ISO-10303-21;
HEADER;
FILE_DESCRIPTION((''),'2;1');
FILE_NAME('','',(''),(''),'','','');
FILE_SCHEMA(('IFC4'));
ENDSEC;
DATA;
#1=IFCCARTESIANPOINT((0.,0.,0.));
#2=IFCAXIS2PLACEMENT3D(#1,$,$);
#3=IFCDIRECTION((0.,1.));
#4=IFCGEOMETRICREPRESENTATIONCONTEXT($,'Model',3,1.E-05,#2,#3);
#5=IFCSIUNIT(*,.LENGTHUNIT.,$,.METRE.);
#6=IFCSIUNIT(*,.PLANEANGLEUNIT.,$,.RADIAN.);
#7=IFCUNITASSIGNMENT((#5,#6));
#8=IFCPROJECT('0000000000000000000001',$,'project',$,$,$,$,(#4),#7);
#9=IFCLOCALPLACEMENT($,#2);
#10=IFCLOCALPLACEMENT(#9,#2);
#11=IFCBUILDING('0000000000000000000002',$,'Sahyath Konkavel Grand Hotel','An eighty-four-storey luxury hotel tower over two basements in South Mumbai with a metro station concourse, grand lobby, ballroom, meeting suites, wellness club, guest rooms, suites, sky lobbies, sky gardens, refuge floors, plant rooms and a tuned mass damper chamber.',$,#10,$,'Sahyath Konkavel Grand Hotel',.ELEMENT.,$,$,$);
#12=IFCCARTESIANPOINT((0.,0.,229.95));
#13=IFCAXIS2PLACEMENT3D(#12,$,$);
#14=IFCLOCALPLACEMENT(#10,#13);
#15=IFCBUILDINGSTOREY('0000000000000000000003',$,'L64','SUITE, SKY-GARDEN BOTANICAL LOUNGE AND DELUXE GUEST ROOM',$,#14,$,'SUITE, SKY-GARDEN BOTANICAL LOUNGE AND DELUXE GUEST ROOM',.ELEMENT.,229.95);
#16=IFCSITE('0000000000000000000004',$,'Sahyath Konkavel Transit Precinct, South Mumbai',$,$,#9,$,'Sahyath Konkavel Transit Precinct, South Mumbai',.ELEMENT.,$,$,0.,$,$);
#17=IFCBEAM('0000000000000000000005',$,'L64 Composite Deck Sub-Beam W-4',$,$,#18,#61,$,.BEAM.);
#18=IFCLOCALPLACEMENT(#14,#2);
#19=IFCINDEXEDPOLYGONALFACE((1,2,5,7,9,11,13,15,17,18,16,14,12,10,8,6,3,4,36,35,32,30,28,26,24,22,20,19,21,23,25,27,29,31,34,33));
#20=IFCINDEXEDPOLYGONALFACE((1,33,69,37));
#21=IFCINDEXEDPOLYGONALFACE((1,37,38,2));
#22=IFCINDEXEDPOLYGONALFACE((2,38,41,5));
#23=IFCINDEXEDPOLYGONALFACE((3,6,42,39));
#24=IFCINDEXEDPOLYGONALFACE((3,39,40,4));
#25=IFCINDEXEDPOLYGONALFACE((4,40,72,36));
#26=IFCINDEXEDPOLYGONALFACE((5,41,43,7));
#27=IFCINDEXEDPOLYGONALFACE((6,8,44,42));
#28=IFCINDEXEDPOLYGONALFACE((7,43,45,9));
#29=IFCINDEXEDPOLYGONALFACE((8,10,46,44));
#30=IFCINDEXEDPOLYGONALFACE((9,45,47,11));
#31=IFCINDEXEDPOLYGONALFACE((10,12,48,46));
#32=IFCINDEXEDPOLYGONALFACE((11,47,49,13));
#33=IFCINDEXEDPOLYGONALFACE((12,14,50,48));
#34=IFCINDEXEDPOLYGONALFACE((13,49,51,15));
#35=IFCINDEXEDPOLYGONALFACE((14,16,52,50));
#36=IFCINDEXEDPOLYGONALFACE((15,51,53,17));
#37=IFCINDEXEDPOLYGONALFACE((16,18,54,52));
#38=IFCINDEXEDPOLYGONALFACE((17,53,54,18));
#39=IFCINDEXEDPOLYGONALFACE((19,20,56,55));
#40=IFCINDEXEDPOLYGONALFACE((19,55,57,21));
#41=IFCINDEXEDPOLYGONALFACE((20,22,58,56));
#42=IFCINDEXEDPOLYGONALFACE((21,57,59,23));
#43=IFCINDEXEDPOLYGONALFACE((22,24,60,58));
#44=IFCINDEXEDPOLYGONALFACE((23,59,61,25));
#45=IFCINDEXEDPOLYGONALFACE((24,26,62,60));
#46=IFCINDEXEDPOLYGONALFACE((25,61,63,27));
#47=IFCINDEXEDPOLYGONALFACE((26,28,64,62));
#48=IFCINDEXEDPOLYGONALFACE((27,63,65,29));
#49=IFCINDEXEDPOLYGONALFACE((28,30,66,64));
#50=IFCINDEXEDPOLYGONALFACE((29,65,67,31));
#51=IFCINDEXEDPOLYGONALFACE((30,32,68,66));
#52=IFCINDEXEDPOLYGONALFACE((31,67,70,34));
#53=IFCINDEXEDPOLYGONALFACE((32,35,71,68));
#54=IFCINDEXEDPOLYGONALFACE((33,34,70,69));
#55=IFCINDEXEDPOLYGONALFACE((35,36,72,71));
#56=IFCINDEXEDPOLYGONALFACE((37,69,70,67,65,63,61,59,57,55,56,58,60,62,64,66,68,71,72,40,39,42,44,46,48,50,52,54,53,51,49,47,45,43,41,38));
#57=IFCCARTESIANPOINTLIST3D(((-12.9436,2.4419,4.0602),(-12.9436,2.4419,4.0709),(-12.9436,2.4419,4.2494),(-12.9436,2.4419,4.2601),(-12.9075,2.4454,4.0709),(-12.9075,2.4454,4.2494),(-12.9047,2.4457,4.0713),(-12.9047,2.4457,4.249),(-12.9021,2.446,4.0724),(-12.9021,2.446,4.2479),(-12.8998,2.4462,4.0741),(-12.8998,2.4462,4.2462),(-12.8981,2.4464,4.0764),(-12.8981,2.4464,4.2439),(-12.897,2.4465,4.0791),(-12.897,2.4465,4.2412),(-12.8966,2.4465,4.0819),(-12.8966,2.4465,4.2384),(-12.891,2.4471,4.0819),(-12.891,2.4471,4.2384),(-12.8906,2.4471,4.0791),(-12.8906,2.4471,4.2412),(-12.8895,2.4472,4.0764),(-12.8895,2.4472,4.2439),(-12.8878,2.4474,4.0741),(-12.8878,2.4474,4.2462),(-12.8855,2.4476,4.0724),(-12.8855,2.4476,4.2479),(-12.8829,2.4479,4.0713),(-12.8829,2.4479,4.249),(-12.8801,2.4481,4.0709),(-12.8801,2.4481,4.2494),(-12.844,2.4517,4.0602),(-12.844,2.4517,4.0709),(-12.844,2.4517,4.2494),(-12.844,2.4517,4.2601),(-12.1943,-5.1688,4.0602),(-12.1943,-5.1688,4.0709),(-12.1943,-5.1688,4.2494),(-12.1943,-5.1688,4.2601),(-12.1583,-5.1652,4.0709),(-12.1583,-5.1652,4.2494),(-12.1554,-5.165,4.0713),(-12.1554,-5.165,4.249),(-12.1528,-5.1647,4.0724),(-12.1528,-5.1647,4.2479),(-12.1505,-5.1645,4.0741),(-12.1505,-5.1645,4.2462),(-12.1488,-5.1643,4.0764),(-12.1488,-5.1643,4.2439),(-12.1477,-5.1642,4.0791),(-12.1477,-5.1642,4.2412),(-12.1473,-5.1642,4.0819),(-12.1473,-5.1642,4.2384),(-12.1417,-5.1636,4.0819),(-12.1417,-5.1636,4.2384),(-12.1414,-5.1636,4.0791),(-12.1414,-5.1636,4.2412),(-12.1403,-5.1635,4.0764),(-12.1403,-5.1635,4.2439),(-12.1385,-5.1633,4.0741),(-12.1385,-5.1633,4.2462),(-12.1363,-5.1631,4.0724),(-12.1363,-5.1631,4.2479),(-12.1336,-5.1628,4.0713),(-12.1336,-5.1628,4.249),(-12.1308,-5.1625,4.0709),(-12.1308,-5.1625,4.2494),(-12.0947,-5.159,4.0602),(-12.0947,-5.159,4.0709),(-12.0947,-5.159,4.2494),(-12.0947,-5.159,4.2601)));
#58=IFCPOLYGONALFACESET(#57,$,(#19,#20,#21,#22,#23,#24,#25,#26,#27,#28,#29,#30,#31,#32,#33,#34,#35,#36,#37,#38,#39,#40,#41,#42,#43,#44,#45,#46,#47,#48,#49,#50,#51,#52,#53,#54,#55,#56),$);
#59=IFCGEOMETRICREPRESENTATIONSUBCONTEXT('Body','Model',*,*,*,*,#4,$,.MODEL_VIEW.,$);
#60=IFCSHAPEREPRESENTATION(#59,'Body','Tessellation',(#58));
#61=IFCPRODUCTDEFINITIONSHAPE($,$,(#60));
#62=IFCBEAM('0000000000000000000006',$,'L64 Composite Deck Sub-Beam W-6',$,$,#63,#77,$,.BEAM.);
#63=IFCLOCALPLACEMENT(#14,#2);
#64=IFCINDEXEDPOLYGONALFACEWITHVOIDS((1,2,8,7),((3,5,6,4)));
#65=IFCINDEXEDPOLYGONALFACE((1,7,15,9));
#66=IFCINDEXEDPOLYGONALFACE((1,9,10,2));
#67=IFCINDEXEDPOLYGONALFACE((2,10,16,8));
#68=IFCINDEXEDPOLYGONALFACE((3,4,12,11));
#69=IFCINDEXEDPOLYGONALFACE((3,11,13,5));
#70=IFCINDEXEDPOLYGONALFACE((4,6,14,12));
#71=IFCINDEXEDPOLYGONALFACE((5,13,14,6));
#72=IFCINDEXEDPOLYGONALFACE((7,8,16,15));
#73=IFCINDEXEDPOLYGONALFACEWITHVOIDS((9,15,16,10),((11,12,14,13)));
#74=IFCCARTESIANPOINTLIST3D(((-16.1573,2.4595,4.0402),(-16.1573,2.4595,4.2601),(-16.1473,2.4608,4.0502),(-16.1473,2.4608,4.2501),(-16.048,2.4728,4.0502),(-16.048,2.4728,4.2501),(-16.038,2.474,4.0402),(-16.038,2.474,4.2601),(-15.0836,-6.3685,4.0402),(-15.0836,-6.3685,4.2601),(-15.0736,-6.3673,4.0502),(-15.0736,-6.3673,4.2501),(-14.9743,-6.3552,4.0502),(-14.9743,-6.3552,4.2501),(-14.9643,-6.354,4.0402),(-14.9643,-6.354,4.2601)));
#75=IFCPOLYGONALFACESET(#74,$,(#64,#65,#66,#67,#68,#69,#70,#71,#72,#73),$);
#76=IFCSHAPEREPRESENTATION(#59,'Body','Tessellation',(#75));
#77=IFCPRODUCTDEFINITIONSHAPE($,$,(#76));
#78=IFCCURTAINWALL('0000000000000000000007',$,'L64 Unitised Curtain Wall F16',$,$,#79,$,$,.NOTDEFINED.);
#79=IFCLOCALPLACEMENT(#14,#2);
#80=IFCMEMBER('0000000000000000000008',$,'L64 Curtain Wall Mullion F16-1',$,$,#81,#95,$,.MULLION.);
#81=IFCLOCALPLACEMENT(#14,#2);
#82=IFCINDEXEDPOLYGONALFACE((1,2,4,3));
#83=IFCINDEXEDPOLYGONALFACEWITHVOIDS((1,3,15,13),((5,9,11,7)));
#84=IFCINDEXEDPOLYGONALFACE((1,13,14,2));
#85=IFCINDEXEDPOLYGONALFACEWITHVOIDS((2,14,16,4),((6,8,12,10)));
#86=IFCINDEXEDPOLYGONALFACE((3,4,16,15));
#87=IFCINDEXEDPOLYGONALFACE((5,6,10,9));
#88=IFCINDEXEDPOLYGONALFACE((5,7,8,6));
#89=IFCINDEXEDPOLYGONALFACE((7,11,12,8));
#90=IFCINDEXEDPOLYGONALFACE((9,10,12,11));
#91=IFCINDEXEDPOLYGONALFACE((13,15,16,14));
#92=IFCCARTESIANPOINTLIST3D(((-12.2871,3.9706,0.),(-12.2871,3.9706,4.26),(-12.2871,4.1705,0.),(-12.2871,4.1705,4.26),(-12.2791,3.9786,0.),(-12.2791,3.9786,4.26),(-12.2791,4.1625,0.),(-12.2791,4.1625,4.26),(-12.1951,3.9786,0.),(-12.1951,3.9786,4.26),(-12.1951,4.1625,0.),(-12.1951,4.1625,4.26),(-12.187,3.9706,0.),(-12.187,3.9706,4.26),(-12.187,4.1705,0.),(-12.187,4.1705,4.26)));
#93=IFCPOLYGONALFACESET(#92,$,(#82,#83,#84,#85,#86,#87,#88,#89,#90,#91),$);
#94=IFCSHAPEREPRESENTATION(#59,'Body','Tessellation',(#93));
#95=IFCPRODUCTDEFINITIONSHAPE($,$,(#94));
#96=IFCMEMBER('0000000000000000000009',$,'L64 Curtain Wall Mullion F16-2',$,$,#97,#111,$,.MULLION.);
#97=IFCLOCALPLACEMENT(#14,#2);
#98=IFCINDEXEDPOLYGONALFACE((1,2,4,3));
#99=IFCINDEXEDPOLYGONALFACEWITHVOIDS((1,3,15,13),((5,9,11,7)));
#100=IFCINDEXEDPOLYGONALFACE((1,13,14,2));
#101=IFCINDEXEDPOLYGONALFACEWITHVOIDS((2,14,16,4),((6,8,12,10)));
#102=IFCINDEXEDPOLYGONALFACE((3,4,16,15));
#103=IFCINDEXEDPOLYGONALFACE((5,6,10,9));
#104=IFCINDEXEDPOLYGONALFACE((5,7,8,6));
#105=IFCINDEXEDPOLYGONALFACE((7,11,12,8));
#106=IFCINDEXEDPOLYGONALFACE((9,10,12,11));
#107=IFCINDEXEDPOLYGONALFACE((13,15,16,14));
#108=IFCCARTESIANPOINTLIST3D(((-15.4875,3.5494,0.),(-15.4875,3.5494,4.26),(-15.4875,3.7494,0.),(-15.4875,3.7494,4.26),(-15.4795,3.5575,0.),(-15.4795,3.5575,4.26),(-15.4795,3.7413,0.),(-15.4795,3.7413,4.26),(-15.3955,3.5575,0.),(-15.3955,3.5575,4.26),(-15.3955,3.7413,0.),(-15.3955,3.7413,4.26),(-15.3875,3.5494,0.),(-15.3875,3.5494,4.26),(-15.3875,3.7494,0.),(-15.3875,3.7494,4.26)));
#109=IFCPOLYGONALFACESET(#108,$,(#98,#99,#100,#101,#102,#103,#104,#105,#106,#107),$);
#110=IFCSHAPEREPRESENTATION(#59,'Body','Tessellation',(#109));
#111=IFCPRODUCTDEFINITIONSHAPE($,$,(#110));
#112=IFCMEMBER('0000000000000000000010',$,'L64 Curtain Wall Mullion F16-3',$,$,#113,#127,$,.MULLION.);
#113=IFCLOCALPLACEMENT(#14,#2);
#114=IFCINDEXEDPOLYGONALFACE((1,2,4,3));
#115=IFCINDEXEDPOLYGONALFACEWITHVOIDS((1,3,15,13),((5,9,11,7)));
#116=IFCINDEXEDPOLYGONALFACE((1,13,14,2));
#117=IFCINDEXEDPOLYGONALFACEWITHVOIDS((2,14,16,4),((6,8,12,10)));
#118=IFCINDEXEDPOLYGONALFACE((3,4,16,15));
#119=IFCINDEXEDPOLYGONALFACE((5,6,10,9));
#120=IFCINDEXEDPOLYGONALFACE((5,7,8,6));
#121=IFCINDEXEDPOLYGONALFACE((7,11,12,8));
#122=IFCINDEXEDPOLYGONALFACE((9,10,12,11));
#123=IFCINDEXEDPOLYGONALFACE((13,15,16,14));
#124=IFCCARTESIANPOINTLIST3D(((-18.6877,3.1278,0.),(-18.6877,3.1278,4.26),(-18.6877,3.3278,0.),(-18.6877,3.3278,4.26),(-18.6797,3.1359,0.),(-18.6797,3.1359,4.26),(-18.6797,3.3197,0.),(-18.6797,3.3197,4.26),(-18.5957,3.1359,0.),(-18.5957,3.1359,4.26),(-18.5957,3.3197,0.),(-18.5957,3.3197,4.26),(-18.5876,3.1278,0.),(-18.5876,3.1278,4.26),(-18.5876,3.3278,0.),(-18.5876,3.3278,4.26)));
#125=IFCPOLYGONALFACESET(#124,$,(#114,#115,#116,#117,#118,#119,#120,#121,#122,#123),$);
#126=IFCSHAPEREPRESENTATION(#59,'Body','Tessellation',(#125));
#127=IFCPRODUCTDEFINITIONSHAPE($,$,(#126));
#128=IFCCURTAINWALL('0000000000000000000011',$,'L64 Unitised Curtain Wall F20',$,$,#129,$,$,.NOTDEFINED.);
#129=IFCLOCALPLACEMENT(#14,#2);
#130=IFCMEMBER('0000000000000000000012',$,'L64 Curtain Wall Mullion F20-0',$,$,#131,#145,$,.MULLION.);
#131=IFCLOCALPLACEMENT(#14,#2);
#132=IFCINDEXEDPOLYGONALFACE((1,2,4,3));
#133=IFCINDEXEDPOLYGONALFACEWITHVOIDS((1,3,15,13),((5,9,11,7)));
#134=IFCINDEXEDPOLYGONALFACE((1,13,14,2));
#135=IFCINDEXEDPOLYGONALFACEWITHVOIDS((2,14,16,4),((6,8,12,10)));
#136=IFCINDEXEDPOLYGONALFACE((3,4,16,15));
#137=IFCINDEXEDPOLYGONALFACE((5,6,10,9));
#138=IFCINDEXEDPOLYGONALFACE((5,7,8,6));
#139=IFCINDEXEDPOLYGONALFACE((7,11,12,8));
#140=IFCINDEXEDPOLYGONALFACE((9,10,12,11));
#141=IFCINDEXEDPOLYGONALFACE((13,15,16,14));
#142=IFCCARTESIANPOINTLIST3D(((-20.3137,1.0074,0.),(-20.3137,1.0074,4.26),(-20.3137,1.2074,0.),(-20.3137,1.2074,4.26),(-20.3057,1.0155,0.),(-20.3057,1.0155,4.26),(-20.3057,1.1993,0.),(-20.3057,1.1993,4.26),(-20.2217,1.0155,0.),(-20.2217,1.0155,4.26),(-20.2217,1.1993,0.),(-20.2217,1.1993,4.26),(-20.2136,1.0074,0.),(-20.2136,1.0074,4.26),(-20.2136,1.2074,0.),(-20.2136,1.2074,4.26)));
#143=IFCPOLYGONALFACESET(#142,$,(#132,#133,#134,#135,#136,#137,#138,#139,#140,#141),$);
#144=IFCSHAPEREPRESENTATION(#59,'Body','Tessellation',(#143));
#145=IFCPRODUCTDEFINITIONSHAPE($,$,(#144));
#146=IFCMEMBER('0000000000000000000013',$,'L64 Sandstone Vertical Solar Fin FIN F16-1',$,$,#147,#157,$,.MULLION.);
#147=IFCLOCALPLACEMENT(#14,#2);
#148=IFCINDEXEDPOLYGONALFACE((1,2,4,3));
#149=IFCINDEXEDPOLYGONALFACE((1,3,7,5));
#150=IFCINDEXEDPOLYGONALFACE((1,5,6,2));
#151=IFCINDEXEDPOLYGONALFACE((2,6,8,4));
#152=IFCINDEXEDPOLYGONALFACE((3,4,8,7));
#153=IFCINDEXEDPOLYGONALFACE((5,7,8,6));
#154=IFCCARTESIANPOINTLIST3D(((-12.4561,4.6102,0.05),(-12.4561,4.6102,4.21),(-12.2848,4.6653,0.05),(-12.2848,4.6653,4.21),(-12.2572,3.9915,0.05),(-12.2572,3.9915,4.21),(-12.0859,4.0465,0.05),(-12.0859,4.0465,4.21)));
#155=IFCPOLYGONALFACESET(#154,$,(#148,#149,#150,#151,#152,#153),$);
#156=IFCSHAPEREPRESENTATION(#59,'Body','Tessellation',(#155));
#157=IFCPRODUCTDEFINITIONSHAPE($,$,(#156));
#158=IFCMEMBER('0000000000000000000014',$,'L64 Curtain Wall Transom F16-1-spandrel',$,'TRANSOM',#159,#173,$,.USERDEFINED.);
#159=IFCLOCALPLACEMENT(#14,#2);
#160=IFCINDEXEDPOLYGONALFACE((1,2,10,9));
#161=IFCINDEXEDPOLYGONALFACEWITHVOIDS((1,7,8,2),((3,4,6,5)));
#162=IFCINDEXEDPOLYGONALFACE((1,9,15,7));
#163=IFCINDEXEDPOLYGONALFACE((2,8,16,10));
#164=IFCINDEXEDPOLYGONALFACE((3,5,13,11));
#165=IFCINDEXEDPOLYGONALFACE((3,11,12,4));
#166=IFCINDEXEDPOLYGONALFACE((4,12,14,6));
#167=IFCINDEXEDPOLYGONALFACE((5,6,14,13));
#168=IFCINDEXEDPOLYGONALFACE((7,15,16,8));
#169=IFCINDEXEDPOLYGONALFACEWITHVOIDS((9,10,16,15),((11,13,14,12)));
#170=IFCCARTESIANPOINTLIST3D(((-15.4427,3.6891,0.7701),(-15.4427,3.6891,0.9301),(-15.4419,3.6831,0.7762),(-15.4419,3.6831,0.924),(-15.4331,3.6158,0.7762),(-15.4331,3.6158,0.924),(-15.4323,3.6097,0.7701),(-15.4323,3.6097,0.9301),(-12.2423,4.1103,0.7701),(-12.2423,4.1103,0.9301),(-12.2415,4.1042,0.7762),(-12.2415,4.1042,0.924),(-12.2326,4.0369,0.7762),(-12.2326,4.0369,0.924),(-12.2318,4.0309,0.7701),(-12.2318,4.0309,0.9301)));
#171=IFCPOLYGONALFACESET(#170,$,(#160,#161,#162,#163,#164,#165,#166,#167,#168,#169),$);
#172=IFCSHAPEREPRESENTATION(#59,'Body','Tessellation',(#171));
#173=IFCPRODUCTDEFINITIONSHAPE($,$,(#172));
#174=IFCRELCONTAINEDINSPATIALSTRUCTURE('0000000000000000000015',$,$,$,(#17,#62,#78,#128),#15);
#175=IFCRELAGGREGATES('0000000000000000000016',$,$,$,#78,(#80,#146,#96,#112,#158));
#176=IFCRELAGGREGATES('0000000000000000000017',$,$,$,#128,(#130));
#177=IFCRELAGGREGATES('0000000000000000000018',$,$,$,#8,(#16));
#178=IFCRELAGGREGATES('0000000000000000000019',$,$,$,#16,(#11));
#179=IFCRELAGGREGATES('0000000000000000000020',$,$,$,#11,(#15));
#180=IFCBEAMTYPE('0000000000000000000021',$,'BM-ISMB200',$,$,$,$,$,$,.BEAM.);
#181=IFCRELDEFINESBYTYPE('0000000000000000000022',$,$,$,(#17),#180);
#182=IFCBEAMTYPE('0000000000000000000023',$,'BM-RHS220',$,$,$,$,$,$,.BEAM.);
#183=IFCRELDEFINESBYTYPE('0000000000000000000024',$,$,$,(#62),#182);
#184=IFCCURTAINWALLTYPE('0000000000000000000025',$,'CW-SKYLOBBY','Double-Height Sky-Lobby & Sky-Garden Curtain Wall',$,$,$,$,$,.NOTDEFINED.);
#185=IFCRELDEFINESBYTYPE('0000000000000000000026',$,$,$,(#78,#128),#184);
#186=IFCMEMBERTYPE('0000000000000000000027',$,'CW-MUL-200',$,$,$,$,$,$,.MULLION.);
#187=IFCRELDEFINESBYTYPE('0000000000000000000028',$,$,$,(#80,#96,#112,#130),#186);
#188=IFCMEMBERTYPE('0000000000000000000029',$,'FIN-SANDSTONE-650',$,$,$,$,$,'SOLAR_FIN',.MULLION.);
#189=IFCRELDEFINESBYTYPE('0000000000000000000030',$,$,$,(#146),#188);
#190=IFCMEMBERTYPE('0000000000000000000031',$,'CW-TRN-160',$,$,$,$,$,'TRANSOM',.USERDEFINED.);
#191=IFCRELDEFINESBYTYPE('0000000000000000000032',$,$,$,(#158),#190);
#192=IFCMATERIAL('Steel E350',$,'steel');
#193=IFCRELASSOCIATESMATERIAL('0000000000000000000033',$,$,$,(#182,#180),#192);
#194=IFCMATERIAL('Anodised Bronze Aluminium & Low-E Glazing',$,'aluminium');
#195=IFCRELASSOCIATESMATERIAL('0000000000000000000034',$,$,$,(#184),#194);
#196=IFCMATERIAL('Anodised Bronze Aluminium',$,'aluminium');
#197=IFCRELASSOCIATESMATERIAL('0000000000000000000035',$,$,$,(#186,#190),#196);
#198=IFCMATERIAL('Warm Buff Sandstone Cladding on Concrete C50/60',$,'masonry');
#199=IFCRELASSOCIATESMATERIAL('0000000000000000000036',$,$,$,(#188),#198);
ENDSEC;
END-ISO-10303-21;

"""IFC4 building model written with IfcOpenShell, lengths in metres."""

from ifc_helpers import new_model, si_unit, direction, frame, origin, origin_2d, place, context, subcontext, project, spatial, rectangle, hollow_rectangle, i_section, extrude, source, transform, mapped, material, material_profile, profile_set, type_object, element, aggregate, save


model = new_model("IFC4")

# Units and contexts
model_context = context("Model", 3, precision=1e-05, world=origin(), true_north=direction((0.0, 1.0)))
body_context = subcontext(model_context, "Body", "Model", "MODEL_VIEW")
ifc_project = project(units=[si_unit("LENGTHUNIT", "METRE"), si_unit("PLANEANGLEUNIT", "RADIAN")], contexts=[model_context])

# Site, building, storey
site_placement = place(None, origin())
site = spatial("IfcSite", under=ifc_project, at=site_placement, Name="Sahyath Konkavel Transit Precinct, South Mumbai", LongName="Sahyath Konkavel Transit Precinct, South Mumbai", CompositionType="ELEMENT", RefElevation=0.0)
building_placement = place(site_placement, origin())
building = spatial("IfcBuilding", under=site, at=building_placement, Name="Sahyath Konkavel Grand Hotel", Description="An eighty-four-storey luxury hotel tower over two basements in South Mumbai with a metro station concourse, grand lobby, ballroom, meeting suites, wellness club, guest rooms, suites, sky lobbies, sky gardens, refuge floors, plant rooms and a tuned mass damper chamber.", LongName="Sahyath Konkavel Grand Hotel", CompositionType="ELEMENT")
storey_placement = place(building_placement, frame((0.0, 0.0, 229.95)))
storey = spatial("IfcBuildingStorey", under=building, at=storey_placement, Name="L64", Description="SUITE, SKY-GARDEN BOTANICAL LOUNGE AND DELUXE GUEST ROOM", LongName="SUITE, SKY-GARDEN BOTANICAL LOUNGE AND DELUXE GUEST ROOM", CompositionType="ELEMENT", Elevation=229.95)

# Beams
ifc_material_1 = material(Name="Steel E350", Category="steel")
ifc_material_profile_1 = material_profile(ifc_material_1, hollow_rectangle(XDim=0.1201, YDim=0.22, WallThickness=0.01, at=origin_2d()), Name="RHS 220x120x10")
ifc_profile_set_1 = profile_set([ifc_material_profile_1], Name="Steel E350")
beam_type_1 = type_object("IfcBeamType", Name="BM-RHS220", PredefinedType="BEAM", material=ifc_profile_set_1)
ifc_material_profile_2 = material_profile(ifc_material_1, i_section(OverallWidth=0.1001, OverallDepth=0.2, WebThickness=0.0056, FlangeThickness=0.0107, FilletRadius=0.011, at=origin_2d()), Name="ISMB 200")
ifc_profile_set_2 = profile_set([ifc_material_profile_2], Name="Steel E350")
beam_type_2 = type_object("IfcBeamType", Name="BM-ISMB200", PredefinedType="BEAM", material=ifc_profile_set_2)
shared_shape_1 = source(origin(), body_context, "Body", "SweptSolid", [
    extrude(i_section(OverallWidth=0.1001, OverallDepth=0.2, WebThickness=0.0056, FlangeThickness=0.0107, FilletRadius=0.011, at=origin_2d()), origin(), (0.0, 0.0, 1.0), 7.6475),
])
beam_1_placement = place(storey_placement, frame((-12.8938, 2.4468, 4.1602), z_axis=(0.097977, -0.995189, 0.0), x_axis=(0.995189, 0.097977, 0.0)))
element("IfcBeam", 1, at=beam_1_placement, inside=storey, type_object=beam_type_2, Name="L64 Composite Deck Sub-Beam W-4", PredefinedType="BEAM", context=body_context, shape_type="MappedRepresentation", body=[
    mapped(shared_shape_1, transform((0.0, 0.0, 0.0), scale=1.0)),
])
shared_shape_2 = source(origin(), body_context, "Body", "SweptSolid", [
    extrude(hollow_rectangle(XDim=0.1201, YDim=0.22, WallThickness=0.01, at=origin_2d()), origin(), (0.0, 0.0, 1.0), 8.8931),
])
beam_2_placement = place(storey_placement, frame((-16.0977, 2.4668, 4.1501), z_axis=(0.120736, -0.992685, 0.0), x_axis=(0.992685, 0.120736, 0.0)))
element("IfcBeam", 2, at=beam_2_placement, inside=storey, type_object=beam_type_1, Name="L64 Composite Deck Sub-Beam W-6", PredefinedType="BEAM", context=body_context, shape_type="MappedRepresentation", body=[
    mapped(shared_shape_2, transform((0.0, 0.0, 0.0), scale=1.0)),
])

# Curtain wall, members
ifc_material_2 = material(Name="Anodised Bronze Aluminium & Low-E Glazing", Category="aluminium")
curtain_wall_type = type_object("IfcCurtainWallType", Name="CW-SKYLOBBY", Description="Double-Height Sky-Lobby & Sky-Garden Curtain Wall", PredefinedType="NOTDEFINED", material=ifc_material_2)
curtain_wall_1_placement = place(storey_placement, origin())
curtain_wall_1 = element("IfcCurtainWall", 3, at=curtain_wall_1_placement, inside=storey, type_object=curtain_wall_type, Name="L64 Unitised Curtain Wall F16", PredefinedType="NOTDEFINED")
ifc_material_3 = material(Name="Anodised Bronze Aluminium", Category="aluminium")
ifc_material_profile_3 = material_profile(ifc_material_3, hollow_rectangle(XDim=0.1001, YDim=0.2, WallThickness=0.0081, at=origin_2d()), Name="RHS 200x100x8")
ifc_profile_set_3 = profile_set([ifc_material_profile_3], Name="Anodised Bronze Aluminium")
member_type_1 = type_object("IfcMemberType", Name="CW-MUL-200", PredefinedType="MULLION", material=ifc_profile_set_3)
shared_shape_3 = source(origin(), body_context, "Body", "SweptSolid", [
    extrude(hollow_rectangle(XDim=0.1001, YDim=0.2, WallThickness=0.0081, at=origin_2d()), origin(), (0.0, 0.0, 1.0), 4.26),
])
member_1_placement = place(storey_placement, frame((-12.2371, 4.0706, 0.0), z_axis=(0.0, 0.0, 1.0), x_axis=(1.0, 0.0, 0.0)))
member_1 = element("IfcMember", 4, at=member_1_placement, type_object=member_type_1, Name="L64 Curtain Wall Mullion F16-1", PredefinedType="MULLION", context=body_context, shape_type="MappedRepresentation", body=[
    mapped(shared_shape_3, transform((0.0, 0.0, 0.0), scale=1.0)),
])
member_2_placement = place(storey_placement, frame((-15.4375, 3.6494, 0.0), z_axis=(0.0, 0.0, 1.0), x_axis=(1.0, 0.0, 0.0)))
member_2 = element("IfcMember", 5, at=member_2_placement, type_object=member_type_1, Name="L64 Curtain Wall Mullion F16-2", PredefinedType="MULLION", context=body_context, shape_type="MappedRepresentation", body=[
    mapped(shared_shape_3, transform((0.0, 0.0, 0.0), scale=1.0)),
])
member_3_placement = place(storey_placement, frame((-18.6377, 3.2278, 0.0), z_axis=(0.0, 0.0, 1.0), x_axis=(1.0, 0.0, 0.0)))
member_3 = element("IfcMember", 6, at=member_3_placement, type_object=member_type_1, Name="L64 Curtain Wall Mullion F16-3", PredefinedType="MULLION", context=body_context, shape_type="MappedRepresentation", body=[
    mapped(shared_shape_3, transform((0.0, 0.0, 0.0), scale=1.0)),
])

# Curtain wall, member
curtain_wall_2_placement = place(storey_placement, origin())
curtain_wall_2 = element("IfcCurtainWall", 7, at=curtain_wall_2_placement, inside=storey, type_object=curtain_wall_type, Name="L64 Unitised Curtain Wall F20", PredefinedType="NOTDEFINED")
member_4_placement = place(storey_placement, frame((-20.2637, 1.1074, 0.0), z_axis=(0.0, 0.0, 1.0), x_axis=(1.0, 0.0, 0.0)))
member_4 = element("IfcMember", 8, at=member_4_placement, type_object=member_type_1, Name="L64 Curtain Wall Mullion F20-0", PredefinedType="MULLION", context=body_context, shape_type="MappedRepresentation", body=[
    mapped(shared_shape_3, transform((0.0, 0.0, 0.0), scale=1.0)),
])

# Members
ifc_material_4 = material(Name="Warm Buff Sandstone Cladding on Concrete C50/60", Category="masonry")
ifc_material_profile_4 = material_profile(ifc_material_4, rectangle(XDim=0.1799, YDim=0.6499, at=origin_2d()), Name="FIN 180x650")
ifc_profile_set_4 = profile_set([ifc_material_profile_4], Name="Warm Buff Sandstone Cladding on Concrete C50/60")
member_type_2 = type_object("IfcMemberType", Name="FIN-SANDSTONE-650", ElementType="SOLAR_FIN", PredefinedType="MULLION", material=ifc_profile_set_4)
shared_shape_4 = source(origin(), body_context, "Body", "SweptSolid", [
    extrude(rectangle(XDim=0.1799, YDim=0.6499, at=origin_2d()), origin(), (0.0, 0.0, 1.0), 4.1599),
])
member_5_placement = place(storey_placement, frame((-12.271, 4.3284, 0.05), z_axis=(0.0, 0.0, 1.0), x_axis=(0.952023, 0.306028, 0.0)))
member_5 = element("IfcMember", 9, at=member_5_placement, type_object=member_type_2, Name="L64 Sandstone Vertical Solar Fin FIN F16-1", PredefinedType="MULLION", context=body_context, shape_type="MappedRepresentation", body=[
    mapped(shared_shape_4, transform((0.0, 0.0, 0.0), scale=1.0)),
])
ifc_material_profile_5 = material_profile(ifc_material_3, hollow_rectangle(XDim=0.0801, YDim=0.1599, WallThickness=0.0061, at=origin_2d()), Name="RHS 160x80x6")
ifc_profile_set_5 = profile_set([ifc_material_profile_5], Name="Anodised Bronze Aluminium")
member_type_3 = type_object("IfcMemberType", Name="CW-TRN-160", ElementType="TRANSOM", PredefinedType="USERDEFINED", material=ifc_profile_set_5)
shared_shape_5 = source(origin(), body_context, "Body", "SweptSolid", [
    extrude(hollow_rectangle(XDim=0.0801, YDim=0.1599, WallThickness=0.0061, at=origin_2d()), origin(), (0.0, 0.0, 1.0), 3.228),
])
member_6_placement = place(storey_placement, frame((-12.2371, 4.0706, 0.8501), z_axis=(-0.991453, -0.130464, 0.0), x_axis=(0.130464, -0.991453, 0.0)))
member_6 = element("IfcMember", 10, at=member_6_placement, type_object=member_type_3, Name="L64 Curtain Wall Transom F16-1-spandrel", ObjectType="TRANSOM", PredefinedType="USERDEFINED", context=body_context, shape_type="MappedRepresentation", body=[
    mapped(shared_shape_5, transform((0.0, 0.0, 0.0), scale=1.0)),
])

aggregate(curtain_wall_1, [member_1, member_5, member_2, member_3, member_6])
aggregate(curtain_wall_2, [member_4])

save(model, "model.ifc")
